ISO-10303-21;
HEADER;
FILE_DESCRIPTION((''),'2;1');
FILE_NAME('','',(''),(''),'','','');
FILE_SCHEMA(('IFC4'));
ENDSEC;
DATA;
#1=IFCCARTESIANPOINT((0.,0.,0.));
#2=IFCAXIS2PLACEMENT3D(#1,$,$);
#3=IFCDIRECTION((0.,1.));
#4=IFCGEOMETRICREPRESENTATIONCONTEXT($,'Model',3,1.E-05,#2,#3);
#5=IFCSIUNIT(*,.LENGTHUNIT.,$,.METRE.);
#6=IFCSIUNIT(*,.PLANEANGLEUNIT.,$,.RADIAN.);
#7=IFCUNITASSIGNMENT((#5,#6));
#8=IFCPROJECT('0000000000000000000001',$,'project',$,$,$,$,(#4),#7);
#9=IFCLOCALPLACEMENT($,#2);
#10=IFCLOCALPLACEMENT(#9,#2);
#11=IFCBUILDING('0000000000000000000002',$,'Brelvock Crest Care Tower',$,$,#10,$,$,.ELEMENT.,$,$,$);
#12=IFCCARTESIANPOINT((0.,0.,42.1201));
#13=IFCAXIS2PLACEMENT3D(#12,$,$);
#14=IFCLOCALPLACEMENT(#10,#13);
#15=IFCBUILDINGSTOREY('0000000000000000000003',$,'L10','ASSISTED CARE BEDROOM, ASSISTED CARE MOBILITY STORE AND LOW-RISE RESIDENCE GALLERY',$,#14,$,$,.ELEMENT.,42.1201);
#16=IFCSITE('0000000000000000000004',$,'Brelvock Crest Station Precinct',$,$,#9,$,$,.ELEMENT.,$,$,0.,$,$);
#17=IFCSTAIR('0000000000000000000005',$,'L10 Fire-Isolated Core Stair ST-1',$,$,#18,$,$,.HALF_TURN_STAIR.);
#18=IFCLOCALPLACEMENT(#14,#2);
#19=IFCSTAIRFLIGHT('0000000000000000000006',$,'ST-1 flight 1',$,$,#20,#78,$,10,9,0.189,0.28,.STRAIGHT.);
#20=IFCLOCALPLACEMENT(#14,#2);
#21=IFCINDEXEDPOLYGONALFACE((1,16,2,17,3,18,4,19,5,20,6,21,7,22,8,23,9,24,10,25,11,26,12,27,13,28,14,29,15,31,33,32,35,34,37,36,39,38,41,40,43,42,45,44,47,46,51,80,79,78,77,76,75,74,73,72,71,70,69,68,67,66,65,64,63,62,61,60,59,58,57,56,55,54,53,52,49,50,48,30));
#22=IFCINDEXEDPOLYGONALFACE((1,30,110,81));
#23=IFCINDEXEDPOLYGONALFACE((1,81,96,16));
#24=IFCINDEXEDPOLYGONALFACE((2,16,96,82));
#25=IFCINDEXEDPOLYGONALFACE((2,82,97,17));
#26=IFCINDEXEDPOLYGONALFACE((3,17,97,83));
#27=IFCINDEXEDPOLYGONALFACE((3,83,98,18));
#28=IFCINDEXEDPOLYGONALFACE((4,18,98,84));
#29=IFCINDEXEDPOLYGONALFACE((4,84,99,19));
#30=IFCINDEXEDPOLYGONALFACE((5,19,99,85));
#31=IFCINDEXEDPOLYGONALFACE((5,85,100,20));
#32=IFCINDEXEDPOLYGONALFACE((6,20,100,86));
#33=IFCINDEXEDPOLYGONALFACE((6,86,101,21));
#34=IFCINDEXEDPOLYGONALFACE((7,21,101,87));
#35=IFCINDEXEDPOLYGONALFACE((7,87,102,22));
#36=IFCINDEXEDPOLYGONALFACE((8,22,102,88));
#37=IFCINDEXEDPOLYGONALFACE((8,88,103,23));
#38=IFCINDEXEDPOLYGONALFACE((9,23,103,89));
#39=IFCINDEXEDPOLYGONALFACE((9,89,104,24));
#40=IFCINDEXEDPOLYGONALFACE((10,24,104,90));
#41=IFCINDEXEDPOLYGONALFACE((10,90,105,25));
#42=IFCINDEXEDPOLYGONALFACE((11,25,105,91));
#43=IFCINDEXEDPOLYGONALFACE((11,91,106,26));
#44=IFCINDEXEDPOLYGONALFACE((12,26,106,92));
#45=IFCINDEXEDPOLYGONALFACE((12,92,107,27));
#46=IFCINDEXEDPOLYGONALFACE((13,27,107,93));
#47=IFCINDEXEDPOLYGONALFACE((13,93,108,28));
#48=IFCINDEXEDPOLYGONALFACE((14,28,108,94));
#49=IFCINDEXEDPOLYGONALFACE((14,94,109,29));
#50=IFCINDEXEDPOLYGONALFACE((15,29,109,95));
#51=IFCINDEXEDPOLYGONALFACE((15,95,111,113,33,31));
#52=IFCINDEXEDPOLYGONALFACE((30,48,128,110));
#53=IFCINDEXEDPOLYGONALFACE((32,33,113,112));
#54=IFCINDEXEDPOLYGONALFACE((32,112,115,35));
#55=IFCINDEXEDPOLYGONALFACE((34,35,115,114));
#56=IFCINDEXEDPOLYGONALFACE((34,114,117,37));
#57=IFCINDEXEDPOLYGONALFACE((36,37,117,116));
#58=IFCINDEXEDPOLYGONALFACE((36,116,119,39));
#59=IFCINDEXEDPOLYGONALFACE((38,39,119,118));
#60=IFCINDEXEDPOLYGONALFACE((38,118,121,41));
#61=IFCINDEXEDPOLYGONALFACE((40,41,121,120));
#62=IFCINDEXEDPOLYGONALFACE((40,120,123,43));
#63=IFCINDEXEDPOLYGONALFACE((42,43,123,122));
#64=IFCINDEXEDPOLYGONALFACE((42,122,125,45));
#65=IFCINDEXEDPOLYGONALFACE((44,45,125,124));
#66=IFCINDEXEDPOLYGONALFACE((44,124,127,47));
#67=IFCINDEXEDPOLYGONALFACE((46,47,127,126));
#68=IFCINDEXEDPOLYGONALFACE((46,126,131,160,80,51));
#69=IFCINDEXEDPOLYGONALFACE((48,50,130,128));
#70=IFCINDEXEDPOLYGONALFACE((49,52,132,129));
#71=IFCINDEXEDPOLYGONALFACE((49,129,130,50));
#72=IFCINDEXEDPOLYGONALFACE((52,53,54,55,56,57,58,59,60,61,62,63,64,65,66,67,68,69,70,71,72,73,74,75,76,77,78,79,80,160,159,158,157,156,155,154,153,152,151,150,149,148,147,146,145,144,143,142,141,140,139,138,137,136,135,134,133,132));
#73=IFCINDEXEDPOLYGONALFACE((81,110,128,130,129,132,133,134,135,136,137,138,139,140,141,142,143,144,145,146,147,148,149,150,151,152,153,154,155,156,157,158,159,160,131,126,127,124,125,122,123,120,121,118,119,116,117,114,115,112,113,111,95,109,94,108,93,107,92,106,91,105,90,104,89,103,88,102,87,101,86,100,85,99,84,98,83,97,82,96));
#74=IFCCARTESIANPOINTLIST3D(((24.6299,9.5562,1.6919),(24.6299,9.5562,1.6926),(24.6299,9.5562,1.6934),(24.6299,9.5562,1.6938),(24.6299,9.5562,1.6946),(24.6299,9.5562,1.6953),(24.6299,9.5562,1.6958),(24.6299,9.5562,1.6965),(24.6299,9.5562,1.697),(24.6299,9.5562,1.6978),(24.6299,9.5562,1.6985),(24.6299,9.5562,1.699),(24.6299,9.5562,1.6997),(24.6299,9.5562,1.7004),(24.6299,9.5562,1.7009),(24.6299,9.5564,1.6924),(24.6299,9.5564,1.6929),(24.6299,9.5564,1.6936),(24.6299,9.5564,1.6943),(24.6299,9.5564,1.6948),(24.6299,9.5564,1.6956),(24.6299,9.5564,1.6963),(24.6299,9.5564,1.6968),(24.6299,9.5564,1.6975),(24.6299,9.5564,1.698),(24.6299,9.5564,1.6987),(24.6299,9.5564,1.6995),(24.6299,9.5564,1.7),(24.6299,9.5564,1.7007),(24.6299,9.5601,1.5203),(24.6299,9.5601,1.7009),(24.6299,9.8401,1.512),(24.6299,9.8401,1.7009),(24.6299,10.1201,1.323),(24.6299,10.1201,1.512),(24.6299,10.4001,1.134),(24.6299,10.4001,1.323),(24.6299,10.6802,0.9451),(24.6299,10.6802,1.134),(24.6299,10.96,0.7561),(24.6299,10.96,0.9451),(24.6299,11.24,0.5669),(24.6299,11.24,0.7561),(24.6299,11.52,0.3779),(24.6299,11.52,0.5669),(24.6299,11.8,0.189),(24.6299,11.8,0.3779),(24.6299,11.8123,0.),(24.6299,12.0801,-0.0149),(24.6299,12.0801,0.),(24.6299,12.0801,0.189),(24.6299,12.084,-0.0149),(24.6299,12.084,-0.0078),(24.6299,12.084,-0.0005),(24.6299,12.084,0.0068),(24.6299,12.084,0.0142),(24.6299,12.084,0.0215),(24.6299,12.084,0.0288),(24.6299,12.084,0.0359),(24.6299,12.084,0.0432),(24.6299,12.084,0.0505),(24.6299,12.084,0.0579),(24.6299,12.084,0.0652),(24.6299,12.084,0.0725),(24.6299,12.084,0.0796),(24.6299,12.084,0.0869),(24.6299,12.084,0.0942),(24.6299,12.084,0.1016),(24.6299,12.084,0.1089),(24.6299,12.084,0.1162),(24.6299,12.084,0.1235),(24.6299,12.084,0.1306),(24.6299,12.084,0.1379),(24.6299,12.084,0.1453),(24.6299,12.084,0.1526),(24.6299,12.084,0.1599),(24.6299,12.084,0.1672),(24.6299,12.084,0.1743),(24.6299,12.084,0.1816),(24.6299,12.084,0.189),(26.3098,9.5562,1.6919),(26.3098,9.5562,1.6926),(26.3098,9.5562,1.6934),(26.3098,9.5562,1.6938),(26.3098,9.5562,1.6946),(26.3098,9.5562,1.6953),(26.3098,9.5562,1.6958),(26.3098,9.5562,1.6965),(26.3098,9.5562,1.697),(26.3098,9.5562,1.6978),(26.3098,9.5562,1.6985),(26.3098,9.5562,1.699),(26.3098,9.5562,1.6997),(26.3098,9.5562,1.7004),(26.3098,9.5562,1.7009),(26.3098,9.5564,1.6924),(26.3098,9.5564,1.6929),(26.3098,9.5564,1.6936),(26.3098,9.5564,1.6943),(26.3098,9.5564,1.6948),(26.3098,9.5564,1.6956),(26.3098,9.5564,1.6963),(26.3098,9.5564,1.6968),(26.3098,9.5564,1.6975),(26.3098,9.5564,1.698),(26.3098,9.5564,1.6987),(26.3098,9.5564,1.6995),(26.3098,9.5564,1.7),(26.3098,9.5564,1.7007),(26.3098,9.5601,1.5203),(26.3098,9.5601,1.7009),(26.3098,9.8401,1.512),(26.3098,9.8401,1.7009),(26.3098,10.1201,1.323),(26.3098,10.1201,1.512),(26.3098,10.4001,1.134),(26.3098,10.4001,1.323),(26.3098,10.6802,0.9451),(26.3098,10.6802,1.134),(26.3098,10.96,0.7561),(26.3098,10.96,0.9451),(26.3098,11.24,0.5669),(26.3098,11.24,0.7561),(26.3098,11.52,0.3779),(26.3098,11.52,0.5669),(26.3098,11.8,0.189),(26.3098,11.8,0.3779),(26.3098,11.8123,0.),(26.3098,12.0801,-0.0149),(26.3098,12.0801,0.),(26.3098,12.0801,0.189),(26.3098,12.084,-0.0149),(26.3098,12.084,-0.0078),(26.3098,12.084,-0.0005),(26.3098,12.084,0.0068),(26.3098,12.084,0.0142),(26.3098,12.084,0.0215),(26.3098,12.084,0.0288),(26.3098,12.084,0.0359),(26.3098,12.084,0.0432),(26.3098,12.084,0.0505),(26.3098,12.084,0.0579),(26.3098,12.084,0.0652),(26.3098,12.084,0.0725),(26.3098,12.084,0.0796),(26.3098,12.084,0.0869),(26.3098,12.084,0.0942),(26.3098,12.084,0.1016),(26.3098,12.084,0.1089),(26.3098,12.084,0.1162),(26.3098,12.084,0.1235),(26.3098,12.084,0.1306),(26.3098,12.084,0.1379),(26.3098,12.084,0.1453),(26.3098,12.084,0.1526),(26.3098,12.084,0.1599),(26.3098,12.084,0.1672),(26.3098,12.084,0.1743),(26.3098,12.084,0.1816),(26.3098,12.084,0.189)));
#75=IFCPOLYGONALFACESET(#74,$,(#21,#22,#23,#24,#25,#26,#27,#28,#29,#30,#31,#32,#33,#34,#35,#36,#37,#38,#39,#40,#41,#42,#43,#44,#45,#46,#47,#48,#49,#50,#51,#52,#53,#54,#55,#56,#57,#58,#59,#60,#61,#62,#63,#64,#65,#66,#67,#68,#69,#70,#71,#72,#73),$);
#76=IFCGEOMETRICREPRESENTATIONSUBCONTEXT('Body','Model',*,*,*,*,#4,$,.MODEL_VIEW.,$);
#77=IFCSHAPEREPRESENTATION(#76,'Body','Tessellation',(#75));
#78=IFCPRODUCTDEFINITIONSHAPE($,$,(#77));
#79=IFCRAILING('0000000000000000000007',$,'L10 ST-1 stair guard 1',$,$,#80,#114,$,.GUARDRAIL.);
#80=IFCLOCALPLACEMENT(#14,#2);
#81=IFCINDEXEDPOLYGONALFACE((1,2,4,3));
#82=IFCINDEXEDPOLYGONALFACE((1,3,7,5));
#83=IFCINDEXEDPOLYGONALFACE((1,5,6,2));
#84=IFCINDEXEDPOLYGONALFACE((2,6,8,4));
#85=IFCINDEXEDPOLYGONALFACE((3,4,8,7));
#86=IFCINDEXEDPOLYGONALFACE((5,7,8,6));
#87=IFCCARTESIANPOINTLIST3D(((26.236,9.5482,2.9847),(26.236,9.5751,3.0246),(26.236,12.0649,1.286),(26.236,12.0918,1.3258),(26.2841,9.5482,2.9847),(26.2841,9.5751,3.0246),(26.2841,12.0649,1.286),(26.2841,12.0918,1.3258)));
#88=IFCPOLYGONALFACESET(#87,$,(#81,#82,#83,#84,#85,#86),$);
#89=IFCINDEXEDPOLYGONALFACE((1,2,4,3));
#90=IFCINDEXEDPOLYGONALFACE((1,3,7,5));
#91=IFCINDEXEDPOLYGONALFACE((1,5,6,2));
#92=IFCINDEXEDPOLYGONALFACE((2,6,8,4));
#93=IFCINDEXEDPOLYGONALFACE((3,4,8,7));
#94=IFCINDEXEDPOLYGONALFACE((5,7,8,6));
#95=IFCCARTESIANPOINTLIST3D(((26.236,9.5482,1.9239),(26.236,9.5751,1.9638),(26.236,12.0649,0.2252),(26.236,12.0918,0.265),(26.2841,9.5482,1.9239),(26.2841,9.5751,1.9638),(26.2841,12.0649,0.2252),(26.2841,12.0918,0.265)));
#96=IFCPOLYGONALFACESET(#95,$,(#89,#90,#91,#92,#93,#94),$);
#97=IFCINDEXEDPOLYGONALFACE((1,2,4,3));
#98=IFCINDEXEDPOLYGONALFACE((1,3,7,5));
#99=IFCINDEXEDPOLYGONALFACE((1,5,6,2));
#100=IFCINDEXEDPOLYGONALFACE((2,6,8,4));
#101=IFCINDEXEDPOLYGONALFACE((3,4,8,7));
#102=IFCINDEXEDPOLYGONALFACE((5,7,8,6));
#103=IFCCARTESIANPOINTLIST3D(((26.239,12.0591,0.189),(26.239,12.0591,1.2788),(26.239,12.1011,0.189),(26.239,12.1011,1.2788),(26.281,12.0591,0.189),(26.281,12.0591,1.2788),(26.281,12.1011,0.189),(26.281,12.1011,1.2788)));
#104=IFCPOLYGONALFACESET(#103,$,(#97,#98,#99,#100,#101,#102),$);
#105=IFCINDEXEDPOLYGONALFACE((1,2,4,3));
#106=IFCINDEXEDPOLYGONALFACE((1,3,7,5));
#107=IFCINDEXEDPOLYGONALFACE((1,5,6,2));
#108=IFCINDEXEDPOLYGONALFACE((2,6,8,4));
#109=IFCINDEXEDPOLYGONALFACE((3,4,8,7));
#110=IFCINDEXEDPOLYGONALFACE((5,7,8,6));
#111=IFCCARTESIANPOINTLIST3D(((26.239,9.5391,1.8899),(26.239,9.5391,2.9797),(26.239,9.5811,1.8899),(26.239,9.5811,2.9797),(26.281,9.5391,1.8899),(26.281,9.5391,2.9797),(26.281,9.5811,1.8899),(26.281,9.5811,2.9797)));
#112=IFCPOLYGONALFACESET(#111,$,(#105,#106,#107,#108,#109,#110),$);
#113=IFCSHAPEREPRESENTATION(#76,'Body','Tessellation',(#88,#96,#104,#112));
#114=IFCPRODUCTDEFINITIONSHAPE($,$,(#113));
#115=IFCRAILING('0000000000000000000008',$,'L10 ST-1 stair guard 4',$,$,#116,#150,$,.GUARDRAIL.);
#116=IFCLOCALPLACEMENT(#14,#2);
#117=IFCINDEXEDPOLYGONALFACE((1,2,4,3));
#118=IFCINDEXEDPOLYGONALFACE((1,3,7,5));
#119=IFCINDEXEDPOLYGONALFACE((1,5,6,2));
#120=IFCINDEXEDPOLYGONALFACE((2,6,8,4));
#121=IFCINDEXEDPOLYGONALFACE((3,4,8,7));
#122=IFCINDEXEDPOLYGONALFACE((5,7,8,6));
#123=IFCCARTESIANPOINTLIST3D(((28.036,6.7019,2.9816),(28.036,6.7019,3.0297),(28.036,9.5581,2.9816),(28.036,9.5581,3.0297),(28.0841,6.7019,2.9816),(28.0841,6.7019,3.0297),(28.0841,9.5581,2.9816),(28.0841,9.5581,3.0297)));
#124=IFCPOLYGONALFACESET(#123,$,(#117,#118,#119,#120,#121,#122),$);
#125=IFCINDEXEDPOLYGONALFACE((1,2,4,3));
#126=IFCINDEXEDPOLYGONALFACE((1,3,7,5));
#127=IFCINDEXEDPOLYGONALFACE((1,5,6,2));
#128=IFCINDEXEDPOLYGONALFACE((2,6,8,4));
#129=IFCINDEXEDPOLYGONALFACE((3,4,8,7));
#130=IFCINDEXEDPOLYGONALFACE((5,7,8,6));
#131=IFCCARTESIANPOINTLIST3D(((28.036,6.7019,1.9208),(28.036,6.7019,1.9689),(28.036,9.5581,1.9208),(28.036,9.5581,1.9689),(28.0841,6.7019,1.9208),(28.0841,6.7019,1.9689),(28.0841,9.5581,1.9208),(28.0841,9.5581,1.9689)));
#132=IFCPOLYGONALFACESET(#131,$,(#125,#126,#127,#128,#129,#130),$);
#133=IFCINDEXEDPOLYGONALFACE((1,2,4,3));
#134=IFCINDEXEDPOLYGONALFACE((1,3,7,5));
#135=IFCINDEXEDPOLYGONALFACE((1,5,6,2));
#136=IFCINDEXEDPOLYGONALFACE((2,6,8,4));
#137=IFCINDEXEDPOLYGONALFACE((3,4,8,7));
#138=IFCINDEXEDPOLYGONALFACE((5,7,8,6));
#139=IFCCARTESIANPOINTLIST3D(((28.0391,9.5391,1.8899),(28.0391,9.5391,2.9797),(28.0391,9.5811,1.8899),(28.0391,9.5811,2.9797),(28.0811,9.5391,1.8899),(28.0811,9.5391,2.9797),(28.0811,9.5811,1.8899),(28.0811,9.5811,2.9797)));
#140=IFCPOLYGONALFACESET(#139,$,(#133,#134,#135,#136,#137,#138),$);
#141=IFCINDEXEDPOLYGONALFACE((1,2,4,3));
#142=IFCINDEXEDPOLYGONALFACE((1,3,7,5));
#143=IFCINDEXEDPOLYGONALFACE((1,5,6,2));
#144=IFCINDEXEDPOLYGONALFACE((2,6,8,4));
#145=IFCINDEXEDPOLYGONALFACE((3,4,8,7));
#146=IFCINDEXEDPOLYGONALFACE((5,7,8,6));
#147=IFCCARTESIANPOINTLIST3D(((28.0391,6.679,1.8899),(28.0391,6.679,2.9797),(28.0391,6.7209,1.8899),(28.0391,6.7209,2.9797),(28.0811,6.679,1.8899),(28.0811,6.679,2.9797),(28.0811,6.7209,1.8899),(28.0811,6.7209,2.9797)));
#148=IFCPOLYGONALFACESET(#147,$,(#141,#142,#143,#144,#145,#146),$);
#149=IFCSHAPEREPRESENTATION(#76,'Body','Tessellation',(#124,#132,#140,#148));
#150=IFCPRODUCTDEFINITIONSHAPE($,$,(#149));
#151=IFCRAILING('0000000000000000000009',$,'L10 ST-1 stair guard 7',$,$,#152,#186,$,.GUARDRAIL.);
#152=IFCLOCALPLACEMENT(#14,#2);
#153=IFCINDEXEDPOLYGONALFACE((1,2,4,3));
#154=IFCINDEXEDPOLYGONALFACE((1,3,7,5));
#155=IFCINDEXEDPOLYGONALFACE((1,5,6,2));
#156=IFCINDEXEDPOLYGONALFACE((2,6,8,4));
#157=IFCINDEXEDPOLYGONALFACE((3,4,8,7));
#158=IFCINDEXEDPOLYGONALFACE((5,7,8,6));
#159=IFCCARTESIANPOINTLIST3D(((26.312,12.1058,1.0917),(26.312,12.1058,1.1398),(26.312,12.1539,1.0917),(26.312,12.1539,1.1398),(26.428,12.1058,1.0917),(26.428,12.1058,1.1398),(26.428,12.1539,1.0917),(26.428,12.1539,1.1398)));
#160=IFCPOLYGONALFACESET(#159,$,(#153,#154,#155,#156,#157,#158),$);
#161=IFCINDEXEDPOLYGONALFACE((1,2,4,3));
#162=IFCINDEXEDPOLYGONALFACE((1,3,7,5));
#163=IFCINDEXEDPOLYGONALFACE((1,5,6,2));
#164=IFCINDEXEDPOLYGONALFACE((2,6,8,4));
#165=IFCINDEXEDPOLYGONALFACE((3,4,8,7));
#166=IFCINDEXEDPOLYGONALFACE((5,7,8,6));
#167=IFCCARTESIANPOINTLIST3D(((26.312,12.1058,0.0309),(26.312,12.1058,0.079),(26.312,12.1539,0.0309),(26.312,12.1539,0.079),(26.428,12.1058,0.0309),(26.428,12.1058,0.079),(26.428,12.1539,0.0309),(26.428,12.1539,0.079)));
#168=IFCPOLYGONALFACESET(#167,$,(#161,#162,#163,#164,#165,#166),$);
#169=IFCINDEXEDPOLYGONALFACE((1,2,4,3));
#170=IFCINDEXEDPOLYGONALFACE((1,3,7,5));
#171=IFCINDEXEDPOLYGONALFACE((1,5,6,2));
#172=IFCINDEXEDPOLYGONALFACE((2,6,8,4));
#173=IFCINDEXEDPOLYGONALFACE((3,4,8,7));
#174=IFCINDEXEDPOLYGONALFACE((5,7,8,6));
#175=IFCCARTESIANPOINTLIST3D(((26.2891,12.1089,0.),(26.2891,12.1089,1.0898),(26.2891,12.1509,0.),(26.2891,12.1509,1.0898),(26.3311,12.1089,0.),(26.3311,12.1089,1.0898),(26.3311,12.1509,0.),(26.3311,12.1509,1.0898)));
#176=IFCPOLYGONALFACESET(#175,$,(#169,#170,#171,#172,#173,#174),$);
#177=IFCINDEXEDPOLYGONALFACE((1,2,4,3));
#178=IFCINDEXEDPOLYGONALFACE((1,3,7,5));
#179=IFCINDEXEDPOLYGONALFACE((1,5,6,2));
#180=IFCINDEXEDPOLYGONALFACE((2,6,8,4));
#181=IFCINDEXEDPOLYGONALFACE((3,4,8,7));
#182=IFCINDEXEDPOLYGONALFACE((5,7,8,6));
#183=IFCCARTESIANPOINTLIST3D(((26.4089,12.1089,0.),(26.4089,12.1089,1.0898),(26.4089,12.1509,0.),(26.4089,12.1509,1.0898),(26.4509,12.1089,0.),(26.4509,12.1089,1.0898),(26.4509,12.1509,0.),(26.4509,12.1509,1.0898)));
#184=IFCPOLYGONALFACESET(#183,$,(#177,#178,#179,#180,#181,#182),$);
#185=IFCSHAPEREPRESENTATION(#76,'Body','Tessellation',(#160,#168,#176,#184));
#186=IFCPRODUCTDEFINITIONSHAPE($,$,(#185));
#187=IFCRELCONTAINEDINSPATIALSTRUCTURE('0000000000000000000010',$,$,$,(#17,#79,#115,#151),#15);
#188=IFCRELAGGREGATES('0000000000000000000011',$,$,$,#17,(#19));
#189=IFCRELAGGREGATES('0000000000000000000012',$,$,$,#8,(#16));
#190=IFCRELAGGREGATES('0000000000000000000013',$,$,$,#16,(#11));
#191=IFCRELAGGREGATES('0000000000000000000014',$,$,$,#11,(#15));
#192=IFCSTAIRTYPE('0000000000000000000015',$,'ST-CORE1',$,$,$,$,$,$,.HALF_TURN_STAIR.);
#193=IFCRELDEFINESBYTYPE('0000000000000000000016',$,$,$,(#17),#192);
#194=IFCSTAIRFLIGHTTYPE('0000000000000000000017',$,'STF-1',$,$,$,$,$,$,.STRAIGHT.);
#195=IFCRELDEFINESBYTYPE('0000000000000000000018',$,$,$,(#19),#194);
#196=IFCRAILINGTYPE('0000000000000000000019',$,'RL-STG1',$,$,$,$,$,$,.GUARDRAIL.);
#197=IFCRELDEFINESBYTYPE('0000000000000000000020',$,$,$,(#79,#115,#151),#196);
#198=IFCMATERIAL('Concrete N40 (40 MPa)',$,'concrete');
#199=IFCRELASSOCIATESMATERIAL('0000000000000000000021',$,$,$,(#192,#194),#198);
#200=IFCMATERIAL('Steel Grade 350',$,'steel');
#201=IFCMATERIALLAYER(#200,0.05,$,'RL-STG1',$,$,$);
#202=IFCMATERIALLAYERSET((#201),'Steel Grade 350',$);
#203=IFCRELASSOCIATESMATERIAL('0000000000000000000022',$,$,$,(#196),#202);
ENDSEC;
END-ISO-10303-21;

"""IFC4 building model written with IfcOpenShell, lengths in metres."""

from ifc_helpers import new_model, si_unit, direction, frame, origin, origin_2d, place, context, subcontext, project, spatial, polyline, rectangle, outline, extrude, material, layer, layer_set, type_object, element, aggregate, save


model = new_model("IFC4")

# Units and contexts
model_context = context("Model", 3, precision=1e-05, world=origin(), true_north=direction((0.0, 1.0)))
body_context = subcontext(model_context, "Body", "Model", "MODEL_VIEW")
ifc_project = project(units=[si_unit("LENGTHUNIT", "METRE"), si_unit("PLANEANGLEUNIT", "RADIAN")], contexts=[model_context])

# Site, building, storey
site_placement = place(None, origin())
site = spatial("IfcSite", under=ifc_project, at=site_placement, Name="Brelvock Crest Station Precinct", CompositionType="ELEMENT", RefElevation=0.0)
building_placement = place(site_placement, origin())
building = spatial("IfcBuilding", under=site, at=building_placement, Name="Brelvock Crest Care Tower", CompositionType="ELEMENT")
storey_placement = place(building_placement, frame((0.0, 0.0, 42.1201)))
storey = spatial("IfcBuildingStorey", under=building, at=storey_placement, Name="L10", Description="ASSISTED CARE BEDROOM, ASSISTED CARE MOBILITY STORE AND LOW-RISE RESIDENCE GALLERY", CompositionType="ELEMENT", Elevation=42.1201)

# Shared definitions
ifc_material_1 = material(Name="Steel Grade 350", Category="steel")

# Stair, stair flight
ifc_material_2 = material(Name="Concrete N40 (40 MPa)", Category="concrete")
stair_type = type_object("IfcStairType", Name="ST-CORE1", PredefinedType="HALF_TURN_STAIR", material=ifc_material_2)
stair_placement = place(storey_placement, origin())
stair = element("IfcStair", 1, at=stair_placement, inside=storey, type_object=stair_type, Name="L10 Fire-Isolated Core Stair ST-1", PredefinedType="HALF_TURN_STAIR")
stair_flight_type = type_object("IfcStairFlightType", Name="STF-1", PredefinedType="STRAIGHT", material=ifc_material_2)
stair_flight_placement = place(storey_placement, frame((25.47, 12.0801, 0.0), z_axis=(0.0, 0.0, 1.0), x_axis=(0.0, -1.0, 0.0)))
stair_flight = element("IfcStairFlight", 2, at=stair_flight_placement, type_object=stair_flight_type, Name="ST-1 flight 1", NumberOfRisers=10, NumberOfTreads=9, PredefinedType="STRAIGHT", RiserHeight=0.189, TreadLength=0.28, context=body_context, shape_type="SweptSolid", body=[
    extrude(outline(polyline([(-0.0039, -0.0149), (-0.0039, -0.0078), (-0.0039, -0.0005), (-0.0039, 0.0068), (-0.0039, 0.0142), (-0.0039, 0.0215), (-0.0039, 0.0288), (-0.0039, 0.0359), (-0.0039, 0.0432), (-0.0039, 0.0505), (-0.0039, 0.0579), (-0.0039, 0.0652), (-0.0039, 0.0725), (-0.0039, 0.0796), (-0.0039, 0.0869), (-0.0039, 0.0942), (-0.0039, 0.1016), (-0.0039, 0.1089), (-0.0039, 0.1162), (-0.0039, 0.1235), (-0.0039, 0.1306), (-0.0039, 0.1379), (-0.0039, 0.1453), (-0.0039, 0.1526), (-0.0039, 0.1599), (-0.0039, 0.1672), (-0.0039, 0.1743), (-0.0039, 0.1816), (-0.0039, 0.189), (0.0, 0.189), (0.28, 0.189), (0.28, 0.3779), (0.5601, 0.3779), (0.5601, 0.5669), (0.8401, 0.5669), (0.8401, 0.7561), (1.1201, 0.7561), (1.1201, 0.9451), (1.3999, 0.9451), (1.3999, 1.134), (1.6799, 1.134), (1.6799, 1.323), (1.96, 1.323), (1.96, 1.512), (2.24, 1.512), (2.24, 1.7009), (2.52, 1.7009), (2.5239, 1.7009), (2.5237, 1.7007), (2.5239, 1.7004), (2.5237, 1.7), (2.5239, 1.6997), (2.5237, 1.6995), (2.5239, 1.699), (2.5237, 1.6987), (2.5239, 1.6985), (2.5237, 1.698), (2.5239, 1.6978), (2.5237, 1.6975), (2.5239, 1.697), (2.5237, 1.6968), (2.5239, 1.6965), (2.5237, 1.6963), (2.5239, 1.6958), (2.5237, 1.6956), (2.5239, 1.6953), (2.5237, 1.6948), (2.5239, 1.6946), (2.5237, 1.6943), (2.5239, 1.6938), (2.5237, 1.6936), (2.5239, 1.6934), (2.5237, 1.6929), (2.5239, 1.6926), (2.5237, 1.6924), (2.5239, 1.6919), (2.52, 1.5203), (0.2678, 0.0), (0.0, 0.0), (0.0, -0.0149), (-0.0039, -0.0149)])), frame((0.0, 0.8398, 0.0), z_axis=(0.0, -1.0, 0.0), x_axis=(1.0, 0.0, 0.0)), (0.0, 0.0, 1.0), 1.6799),
])
aggregate(stair, [stair_flight])

# Railings
ifc_layer_1 = layer(ifc_material_1, 0.05, Name="RL-STG1")
ifc_layer_set_1 = layer_set([ifc_layer_1], Name="Steel Grade 350")
railing_type_1 = type_object("IfcRailingType", Name="RL-STG1", PredefinedType="GUARDRAIL", material=ifc_layer_set_1)
railing_1_placement = place(storey_placement, frame((26.26, 12.0801, 0.189)))
element("IfcRailing", 3, at=railing_1_placement, inside=storey, type_object=railing_type_1, Name="L10 ST-1 stair guard 1", PredefinedType="GUARDRAIL", context=body_context, shape_type="SweptSolid", body=[
    extrude(rectangle(XDim=0.0481, YDim=0.0481, at=origin_2d()), frame((0.0, -0.0017, 1.1169), z_axis=(0.0, -0.828862, 0.559454), x_axis=(1.0, 0.0, 0.0)), (0.0, 0.0, 1.0), 3.0364),
    extrude(rectangle(XDim=0.0481, YDim=0.0481, at=origin_2d()), frame((0.0, -0.0017, 0.0562), z_axis=(0.0, -0.828862, 0.559454), x_axis=(1.0, 0.0, 0.0)), (0.0, 0.0, 1.0), 3.0364),
    extrude(rectangle(XDim=0.042, YDim=0.042, at=origin_2d()), origin(), (0.0, 0.0, 1.0), 1.0898),
    extrude(rectangle(XDim=0.042, YDim=0.042, at=origin_2d()), frame((0.0, -2.52, 1.7009)), (0.0, 0.0, 1.0), 1.0898),
])
railing_2_placement = place(storey_placement, frame((28.0601, 9.5601, 1.8899)))
element("IfcRailing", 4, at=railing_2_placement, inside=storey, type_object=railing_type_1, Name="L10 ST-1 stair guard 4", PredefinedType="GUARDRAIL", context=body_context, shape_type="SweptSolid", body=[
    extrude(rectangle(XDim=0.0481, YDim=0.0481, at=origin_2d()), frame((0.0, -0.002, 1.1157), z_axis=(0.0, -1.0, 0.0), x_axis=(1.0, 0.0, 0.0)), (0.0, 0.0, 1.0), 2.8562),
    extrude(rectangle(XDim=0.0481, YDim=0.0481, at=origin_2d()), frame((0.0, -0.002, 0.0549), z_axis=(0.0, -1.0, 0.0), x_axis=(1.0, 0.0, 0.0)), (0.0, 0.0, 1.0), 2.8562),
    extrude(rectangle(XDim=0.042, YDim=0.042, at=origin_2d()), origin(), (0.0, 0.0, 1.0), 1.0898),
    extrude(rectangle(XDim=0.042, YDim=0.042, at=origin_2d()), frame((0.0, -2.8601, 0.0)), (0.0, 0.0, 1.0), 1.0898),
])
railing_3_placement = place(storey_placement, frame((26.3101, 12.1299, 0.0)))
element("IfcRailing", 5, at=railing_3_placement, inside=storey, type_object=railing_type_1, Name="L10 ST-1 stair guard 7", PredefinedType="GUARDRAIL", context=body_context, shape_type="SweptSolid", body=[
    extrude(rectangle(XDim=0.0481, YDim=0.0481, at=origin_2d()), frame((0.002, 0.0, 1.1157), z_axis=(1.0, 0.0, 0.0), x_axis=(0.0, 1.0, 0.0)), (0.0, 0.0, 1.0), 0.116),
    extrude(rectangle(XDim=0.0481, YDim=0.0481, at=origin_2d()), frame((0.002, 0.0, 0.0549), z_axis=(1.0, 0.0, 0.0), x_axis=(0.0, 1.0, 0.0)), (0.0, 0.0, 1.0), 0.116),
    extrude(rectangle(XDim=0.042, YDim=0.042, at=origin_2d()), origin(), (0.0, 0.0, 1.0), 1.0898),
    extrude(rectangle(XDim=0.042, YDim=0.042, at=origin_2d()), frame((0.1199, 0.0, 0.0)), (0.0, 0.0, 1.0), 1.0898),
])

save(model, "model.ifc")
